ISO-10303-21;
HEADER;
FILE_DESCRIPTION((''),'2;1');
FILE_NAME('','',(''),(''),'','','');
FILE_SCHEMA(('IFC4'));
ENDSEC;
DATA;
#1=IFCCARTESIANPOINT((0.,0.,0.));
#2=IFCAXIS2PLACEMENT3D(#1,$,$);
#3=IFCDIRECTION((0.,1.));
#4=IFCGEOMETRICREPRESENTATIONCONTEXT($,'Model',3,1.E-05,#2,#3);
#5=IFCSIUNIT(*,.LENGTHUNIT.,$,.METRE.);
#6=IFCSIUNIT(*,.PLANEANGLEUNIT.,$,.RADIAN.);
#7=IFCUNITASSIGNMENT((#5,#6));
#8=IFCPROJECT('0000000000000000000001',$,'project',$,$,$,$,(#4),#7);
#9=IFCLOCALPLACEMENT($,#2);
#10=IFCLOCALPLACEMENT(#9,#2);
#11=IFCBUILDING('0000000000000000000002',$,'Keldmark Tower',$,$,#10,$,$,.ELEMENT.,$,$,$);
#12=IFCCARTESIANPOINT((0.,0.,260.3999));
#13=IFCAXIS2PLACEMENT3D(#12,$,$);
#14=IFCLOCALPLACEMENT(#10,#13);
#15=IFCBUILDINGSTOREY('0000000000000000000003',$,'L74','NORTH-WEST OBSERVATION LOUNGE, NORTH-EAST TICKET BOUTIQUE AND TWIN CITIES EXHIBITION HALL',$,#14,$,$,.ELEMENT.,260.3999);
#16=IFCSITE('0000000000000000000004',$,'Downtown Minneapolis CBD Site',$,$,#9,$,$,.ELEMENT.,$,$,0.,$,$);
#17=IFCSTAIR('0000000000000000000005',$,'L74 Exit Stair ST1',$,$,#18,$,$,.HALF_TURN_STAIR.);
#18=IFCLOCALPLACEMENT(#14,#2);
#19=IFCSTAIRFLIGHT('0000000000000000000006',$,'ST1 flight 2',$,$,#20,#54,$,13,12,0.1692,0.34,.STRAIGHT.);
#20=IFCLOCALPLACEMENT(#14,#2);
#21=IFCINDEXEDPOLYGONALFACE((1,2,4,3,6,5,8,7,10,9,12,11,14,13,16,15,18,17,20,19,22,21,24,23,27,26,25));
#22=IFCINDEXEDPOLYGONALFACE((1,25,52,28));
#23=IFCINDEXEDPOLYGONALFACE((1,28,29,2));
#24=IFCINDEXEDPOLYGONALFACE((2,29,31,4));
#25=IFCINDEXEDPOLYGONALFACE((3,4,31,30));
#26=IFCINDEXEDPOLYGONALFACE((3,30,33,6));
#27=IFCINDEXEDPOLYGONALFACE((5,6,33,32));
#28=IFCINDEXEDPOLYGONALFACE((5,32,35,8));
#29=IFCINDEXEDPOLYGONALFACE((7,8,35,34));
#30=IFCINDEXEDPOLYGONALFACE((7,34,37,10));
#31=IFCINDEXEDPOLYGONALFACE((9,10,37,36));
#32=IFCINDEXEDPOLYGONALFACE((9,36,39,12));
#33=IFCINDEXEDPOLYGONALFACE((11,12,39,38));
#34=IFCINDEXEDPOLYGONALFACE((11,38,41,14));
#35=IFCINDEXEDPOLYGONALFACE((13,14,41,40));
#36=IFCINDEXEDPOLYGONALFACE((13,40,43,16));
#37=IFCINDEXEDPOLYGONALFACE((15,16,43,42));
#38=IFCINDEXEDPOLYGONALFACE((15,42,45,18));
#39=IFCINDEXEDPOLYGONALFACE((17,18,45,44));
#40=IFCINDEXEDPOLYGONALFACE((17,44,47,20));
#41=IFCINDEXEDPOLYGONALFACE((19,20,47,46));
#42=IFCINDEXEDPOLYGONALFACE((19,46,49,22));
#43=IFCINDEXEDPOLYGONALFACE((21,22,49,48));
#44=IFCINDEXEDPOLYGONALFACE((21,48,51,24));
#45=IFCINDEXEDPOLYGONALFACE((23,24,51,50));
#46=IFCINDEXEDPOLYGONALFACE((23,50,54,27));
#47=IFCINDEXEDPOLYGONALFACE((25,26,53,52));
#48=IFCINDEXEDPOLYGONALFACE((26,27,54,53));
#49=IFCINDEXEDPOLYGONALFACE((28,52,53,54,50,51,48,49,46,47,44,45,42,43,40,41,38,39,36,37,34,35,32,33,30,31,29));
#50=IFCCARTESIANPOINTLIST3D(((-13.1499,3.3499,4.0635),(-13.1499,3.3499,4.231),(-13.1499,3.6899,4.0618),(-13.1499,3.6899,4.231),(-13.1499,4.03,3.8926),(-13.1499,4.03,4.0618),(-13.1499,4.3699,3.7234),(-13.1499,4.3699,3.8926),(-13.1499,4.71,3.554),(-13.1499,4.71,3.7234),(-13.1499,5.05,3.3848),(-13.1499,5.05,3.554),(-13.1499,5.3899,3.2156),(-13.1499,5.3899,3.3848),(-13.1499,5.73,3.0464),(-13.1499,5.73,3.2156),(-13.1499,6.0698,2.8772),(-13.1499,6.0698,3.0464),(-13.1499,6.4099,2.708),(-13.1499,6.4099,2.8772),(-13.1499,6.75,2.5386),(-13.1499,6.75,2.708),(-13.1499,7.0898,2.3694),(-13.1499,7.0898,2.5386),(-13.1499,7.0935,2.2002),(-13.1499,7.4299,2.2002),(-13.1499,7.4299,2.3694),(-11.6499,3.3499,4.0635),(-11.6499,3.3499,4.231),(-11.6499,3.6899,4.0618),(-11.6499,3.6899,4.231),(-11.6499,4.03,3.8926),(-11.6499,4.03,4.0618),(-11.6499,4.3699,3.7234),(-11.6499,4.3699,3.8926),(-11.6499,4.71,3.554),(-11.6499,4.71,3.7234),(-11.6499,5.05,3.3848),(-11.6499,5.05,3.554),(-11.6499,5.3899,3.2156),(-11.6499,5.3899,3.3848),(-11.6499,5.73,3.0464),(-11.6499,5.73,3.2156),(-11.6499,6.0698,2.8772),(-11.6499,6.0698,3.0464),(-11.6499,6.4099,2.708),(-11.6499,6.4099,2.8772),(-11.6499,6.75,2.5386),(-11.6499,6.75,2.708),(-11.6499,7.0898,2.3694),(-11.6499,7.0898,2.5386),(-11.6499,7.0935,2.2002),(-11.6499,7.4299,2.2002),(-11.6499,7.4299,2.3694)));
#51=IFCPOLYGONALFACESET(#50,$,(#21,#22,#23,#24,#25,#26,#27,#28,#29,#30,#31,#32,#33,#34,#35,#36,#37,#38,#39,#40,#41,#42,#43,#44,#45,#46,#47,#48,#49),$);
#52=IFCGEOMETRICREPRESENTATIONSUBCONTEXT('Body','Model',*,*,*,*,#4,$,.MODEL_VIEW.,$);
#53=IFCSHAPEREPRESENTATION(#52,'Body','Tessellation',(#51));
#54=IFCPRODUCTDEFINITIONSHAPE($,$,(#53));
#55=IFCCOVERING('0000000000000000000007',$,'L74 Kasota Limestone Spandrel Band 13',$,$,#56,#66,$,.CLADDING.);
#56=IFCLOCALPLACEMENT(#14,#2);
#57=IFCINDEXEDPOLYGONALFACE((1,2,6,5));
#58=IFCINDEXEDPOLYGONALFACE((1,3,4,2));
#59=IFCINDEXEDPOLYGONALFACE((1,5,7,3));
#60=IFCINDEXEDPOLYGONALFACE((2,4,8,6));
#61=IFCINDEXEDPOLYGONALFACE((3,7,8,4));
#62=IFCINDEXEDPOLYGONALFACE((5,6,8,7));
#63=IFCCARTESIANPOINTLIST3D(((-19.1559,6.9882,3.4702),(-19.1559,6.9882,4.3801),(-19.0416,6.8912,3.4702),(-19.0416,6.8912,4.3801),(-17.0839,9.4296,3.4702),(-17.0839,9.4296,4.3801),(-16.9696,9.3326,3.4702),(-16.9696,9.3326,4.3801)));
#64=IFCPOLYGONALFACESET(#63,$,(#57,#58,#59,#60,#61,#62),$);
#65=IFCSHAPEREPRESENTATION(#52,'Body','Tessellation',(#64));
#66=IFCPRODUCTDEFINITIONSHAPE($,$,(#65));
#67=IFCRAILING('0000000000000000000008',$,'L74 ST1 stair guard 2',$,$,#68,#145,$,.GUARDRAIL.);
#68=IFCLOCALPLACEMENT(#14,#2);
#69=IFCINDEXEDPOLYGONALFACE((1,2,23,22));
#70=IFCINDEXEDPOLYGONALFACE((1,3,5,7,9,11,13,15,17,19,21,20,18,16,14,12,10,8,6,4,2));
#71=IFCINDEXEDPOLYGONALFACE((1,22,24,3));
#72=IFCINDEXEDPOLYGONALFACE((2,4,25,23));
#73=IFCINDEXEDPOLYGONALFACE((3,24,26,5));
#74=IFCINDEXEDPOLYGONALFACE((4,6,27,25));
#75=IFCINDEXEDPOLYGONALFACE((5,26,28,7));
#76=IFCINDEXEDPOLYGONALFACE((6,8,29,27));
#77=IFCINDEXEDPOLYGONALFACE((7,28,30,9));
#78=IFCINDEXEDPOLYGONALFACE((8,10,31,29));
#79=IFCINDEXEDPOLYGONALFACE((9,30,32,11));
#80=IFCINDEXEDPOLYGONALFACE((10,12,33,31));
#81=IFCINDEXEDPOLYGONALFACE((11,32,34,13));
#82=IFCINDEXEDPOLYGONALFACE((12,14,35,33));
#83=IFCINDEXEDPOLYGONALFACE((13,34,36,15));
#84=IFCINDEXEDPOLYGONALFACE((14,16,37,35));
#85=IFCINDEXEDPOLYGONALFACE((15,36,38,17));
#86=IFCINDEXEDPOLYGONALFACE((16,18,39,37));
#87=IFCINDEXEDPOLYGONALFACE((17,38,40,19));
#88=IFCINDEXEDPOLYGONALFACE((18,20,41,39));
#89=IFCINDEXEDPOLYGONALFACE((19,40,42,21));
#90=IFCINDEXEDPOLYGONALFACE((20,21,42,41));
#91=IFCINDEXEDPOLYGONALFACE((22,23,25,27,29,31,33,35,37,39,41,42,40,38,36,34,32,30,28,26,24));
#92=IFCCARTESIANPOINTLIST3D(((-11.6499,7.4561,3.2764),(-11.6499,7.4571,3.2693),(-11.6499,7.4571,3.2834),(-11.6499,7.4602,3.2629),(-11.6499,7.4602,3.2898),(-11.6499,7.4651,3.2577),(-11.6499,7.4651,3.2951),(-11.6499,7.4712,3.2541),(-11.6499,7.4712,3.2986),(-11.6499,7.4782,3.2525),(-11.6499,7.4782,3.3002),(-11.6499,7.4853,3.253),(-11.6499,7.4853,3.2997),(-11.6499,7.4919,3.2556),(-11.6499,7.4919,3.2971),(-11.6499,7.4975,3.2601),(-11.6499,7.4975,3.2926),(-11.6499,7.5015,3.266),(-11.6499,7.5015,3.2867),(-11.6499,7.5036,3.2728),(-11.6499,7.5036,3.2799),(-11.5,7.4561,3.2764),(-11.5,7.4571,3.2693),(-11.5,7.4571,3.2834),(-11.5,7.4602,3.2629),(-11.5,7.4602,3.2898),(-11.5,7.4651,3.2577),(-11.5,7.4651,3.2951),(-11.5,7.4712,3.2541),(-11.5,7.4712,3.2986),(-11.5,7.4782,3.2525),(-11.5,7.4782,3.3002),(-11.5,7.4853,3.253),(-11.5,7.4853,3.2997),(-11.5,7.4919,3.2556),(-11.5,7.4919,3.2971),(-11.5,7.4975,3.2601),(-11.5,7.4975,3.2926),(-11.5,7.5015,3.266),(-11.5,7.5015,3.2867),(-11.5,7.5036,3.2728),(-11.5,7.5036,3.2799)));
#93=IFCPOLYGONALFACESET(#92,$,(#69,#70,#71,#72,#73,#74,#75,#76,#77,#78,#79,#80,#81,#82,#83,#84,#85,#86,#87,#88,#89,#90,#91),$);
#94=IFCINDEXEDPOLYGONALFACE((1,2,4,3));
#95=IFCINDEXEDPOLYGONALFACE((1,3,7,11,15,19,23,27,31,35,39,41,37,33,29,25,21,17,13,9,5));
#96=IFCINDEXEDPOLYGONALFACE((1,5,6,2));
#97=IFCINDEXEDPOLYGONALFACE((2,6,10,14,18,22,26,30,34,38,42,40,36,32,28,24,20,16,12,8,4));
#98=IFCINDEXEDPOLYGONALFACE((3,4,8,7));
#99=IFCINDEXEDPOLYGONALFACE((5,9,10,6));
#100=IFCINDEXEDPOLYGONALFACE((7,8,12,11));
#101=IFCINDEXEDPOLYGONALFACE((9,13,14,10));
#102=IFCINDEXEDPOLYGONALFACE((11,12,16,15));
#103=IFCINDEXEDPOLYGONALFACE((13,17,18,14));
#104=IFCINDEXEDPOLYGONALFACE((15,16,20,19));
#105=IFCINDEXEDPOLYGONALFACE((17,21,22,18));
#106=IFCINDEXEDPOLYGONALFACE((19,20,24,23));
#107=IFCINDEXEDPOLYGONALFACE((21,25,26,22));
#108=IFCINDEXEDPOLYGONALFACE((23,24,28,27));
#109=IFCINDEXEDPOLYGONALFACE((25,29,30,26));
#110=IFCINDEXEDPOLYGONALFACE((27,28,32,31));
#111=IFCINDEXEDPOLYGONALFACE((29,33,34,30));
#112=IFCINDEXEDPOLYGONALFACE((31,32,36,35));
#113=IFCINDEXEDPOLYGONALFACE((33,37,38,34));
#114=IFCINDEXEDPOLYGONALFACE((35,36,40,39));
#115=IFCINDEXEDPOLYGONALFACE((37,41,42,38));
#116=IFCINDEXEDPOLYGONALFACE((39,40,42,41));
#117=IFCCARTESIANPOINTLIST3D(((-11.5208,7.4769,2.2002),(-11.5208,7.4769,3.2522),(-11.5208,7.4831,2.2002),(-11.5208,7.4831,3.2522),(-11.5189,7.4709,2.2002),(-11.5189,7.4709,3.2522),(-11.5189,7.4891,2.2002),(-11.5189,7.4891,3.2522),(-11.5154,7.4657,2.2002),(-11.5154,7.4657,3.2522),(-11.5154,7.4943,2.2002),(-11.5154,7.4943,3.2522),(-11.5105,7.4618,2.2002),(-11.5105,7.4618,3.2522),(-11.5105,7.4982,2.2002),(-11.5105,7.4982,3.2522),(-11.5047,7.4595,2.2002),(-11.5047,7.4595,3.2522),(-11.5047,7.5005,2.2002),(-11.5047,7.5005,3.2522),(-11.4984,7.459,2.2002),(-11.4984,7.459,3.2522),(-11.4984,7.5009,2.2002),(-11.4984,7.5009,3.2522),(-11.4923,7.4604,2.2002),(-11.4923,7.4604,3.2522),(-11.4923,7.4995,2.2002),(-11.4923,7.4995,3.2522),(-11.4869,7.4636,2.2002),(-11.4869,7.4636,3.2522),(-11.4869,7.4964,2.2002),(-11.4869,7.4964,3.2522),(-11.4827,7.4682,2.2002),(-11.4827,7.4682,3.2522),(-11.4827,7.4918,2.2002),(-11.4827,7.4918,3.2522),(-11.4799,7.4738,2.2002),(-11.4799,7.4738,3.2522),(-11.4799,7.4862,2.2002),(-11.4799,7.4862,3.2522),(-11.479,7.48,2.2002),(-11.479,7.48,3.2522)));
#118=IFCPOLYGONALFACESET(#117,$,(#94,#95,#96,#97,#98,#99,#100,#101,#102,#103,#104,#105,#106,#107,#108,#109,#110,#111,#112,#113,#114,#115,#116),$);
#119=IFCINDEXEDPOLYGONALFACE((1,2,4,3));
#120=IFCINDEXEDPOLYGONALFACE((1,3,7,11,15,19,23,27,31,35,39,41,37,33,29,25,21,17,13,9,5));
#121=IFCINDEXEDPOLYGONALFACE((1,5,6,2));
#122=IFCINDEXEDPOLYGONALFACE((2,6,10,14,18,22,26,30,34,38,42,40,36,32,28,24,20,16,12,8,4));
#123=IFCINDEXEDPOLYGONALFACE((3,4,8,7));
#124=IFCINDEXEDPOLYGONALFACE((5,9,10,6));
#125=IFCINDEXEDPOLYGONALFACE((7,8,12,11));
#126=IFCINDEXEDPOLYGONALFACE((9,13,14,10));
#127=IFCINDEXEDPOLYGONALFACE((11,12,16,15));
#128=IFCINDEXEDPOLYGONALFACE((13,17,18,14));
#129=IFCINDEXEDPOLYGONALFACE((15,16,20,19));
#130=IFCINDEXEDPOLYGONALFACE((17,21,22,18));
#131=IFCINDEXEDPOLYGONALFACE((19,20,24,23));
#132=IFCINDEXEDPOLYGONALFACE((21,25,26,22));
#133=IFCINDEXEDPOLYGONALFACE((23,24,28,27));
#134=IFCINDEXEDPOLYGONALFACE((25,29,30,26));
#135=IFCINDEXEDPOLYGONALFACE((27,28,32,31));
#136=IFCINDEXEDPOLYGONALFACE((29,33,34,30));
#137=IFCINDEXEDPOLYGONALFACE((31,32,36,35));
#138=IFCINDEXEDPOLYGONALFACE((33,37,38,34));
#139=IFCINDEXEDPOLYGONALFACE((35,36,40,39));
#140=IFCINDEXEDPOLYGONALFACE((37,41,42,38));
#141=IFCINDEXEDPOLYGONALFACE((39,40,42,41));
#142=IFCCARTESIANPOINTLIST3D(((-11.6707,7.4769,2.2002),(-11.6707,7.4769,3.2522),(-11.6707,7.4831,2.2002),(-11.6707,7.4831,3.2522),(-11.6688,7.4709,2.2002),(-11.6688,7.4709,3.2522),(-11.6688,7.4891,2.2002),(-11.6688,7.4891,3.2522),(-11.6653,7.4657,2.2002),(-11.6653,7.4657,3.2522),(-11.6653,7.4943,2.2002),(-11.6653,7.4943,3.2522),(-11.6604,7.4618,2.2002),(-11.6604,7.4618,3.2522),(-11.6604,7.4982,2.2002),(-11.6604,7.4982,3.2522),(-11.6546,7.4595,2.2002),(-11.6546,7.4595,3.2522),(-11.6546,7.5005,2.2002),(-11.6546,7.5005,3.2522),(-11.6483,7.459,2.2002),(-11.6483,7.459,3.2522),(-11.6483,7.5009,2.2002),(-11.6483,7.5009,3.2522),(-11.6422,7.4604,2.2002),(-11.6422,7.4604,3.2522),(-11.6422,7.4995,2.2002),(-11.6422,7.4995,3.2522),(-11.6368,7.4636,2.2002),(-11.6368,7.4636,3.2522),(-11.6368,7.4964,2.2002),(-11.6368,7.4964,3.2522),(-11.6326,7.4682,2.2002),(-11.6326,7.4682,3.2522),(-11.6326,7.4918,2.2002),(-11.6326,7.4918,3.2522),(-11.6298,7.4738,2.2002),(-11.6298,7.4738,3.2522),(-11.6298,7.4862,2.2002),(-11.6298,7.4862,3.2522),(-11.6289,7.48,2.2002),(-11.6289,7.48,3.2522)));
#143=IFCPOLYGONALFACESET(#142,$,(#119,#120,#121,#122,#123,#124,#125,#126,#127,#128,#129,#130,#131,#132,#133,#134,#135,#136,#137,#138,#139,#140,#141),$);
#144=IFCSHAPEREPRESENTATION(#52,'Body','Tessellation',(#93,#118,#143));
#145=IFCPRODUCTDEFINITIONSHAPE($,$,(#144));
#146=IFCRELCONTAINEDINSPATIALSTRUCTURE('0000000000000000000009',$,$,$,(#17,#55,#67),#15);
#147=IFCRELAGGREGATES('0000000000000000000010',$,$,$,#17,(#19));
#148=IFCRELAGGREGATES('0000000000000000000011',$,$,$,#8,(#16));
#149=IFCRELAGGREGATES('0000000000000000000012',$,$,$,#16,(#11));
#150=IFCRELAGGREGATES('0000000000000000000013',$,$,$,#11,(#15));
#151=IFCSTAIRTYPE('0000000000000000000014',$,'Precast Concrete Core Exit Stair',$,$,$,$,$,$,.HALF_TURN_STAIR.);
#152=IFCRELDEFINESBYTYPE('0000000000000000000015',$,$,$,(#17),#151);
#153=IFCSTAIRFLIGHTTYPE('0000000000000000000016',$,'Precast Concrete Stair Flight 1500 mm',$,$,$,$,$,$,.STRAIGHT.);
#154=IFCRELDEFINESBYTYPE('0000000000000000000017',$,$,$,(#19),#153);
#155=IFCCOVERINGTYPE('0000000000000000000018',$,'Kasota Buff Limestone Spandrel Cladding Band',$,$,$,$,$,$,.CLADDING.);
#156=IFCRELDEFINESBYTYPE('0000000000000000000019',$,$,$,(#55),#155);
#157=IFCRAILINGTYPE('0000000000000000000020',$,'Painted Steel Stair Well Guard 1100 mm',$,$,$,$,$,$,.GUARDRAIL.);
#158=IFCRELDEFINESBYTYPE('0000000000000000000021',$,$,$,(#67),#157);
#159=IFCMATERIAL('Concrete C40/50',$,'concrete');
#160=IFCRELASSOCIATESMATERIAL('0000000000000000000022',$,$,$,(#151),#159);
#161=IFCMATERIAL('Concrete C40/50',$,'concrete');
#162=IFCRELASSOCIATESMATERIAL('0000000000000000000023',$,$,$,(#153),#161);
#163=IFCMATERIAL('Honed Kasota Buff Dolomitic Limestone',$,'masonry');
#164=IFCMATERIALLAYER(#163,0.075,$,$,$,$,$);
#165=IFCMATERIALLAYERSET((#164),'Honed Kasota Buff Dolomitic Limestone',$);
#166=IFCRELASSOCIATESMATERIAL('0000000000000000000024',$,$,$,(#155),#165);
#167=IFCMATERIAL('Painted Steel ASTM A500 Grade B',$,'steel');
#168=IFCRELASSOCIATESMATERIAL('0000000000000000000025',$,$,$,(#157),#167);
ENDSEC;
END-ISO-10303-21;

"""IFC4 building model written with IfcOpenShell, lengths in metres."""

from ifc_helpers import new_model, si_unit, direction, frame, origin, origin_2d, place, context, subcontext, project, spatial, polyline, rectangle, circle, outline, extrude, material, layer, layer_set, type_object, element, aggregate, save


model = new_model("IFC4")

# Units and contexts
model_context = context("Model", 3, precision=1e-05, world=origin(), true_north=direction((0.0, 1.0)))
body_context = subcontext(model_context, "Body", "Model", "MODEL_VIEW")
ifc_project = project(units=[si_unit("LENGTHUNIT", "METRE"), si_unit("PLANEANGLEUNIT", "RADIAN")], contexts=[model_context])

# Site, building, storey
site_placement = place(None, origin())
site = spatial("IfcSite", under=ifc_project, at=site_placement, Name="Downtown Minneapolis CBD Site", CompositionType="ELEMENT", RefElevation=0.0)
building_placement = place(site_placement, origin())
building = spatial("IfcBuilding", under=site, at=building_placement, Name="Keldmark Tower", CompositionType="ELEMENT")
storey_placement = place(building_placement, frame((0.0, 0.0, 260.3999)))
storey = spatial("IfcBuildingStorey", under=building, at=storey_placement, Name="L74", Description="NORTH-WEST OBSERVATION LOUNGE, NORTH-EAST TICKET BOUTIQUE AND TWIN CITIES EXHIBITION HALL", CompositionType="ELEMENT", Elevation=260.3999)

# Stair, stair flight
ifc_material_1 = material(Name="Concrete C40/50", Category="concrete")
stair_type = type_object("IfcStairType", Name="Precast Concrete Core Exit Stair", PredefinedType="HALF_TURN_STAIR", material=ifc_material_1)
stair_placement = place(storey_placement, origin())
stair = element("IfcStair", 1, at=stair_placement, inside=storey, type_object=stair_type, Name="L74 Exit Stair ST1", PredefinedType="HALF_TURN_STAIR")
ifc_material_2 = material(Name="Concrete C40/50", Category="concrete")
stair_flight_type = type_object("IfcStairFlightType", Name="Precast Concrete Stair Flight 1500 mm", PredefinedType="STRAIGHT", material=ifc_material_2)
stair_flight_placement = place(storey_placement, frame((-12.3999, 7.4299, 2.2002), z_axis=(0.0, 0.0, 1.0), x_axis=(0.0, -1.0, 0.0)))
stair_flight = element("IfcStairFlight", 2, at=stair_flight_placement, type_object=stair_flight_type, Name="ST1 flight 2", NumberOfRisers=13, NumberOfTreads=12, PredefinedType="STRAIGHT", RiserHeight=0.1692, TreadLength=0.34, context=body_context, shape_type="SweptSolid", body=[
    extrude(outline(polyline([(0.0, 0.0), (0.0, 0.1692), (0.3401, 0.1692), (0.3401, 0.3384), (0.6799, 0.3384), (0.6799, 0.5078), (1.02, 0.5078), (1.02, 0.677), (1.3601, 0.677), (1.3601, 0.8462), (1.7, 0.8462), (1.7, 1.0154), (2.04, 1.0154), (2.04, 1.1846), (2.3799, 1.1846), (2.3799, 1.3538), (2.72, 1.3538), (2.72, 1.5232), (3.0601, 1.5232), (3.0601, 1.6924), (3.3999, 1.6924), (3.3999, 1.8616), (3.74, 1.8616), (3.74, 2.0308), (4.0801, 2.0308), (4.0801, 2.2), (4.0801, 1.8633), (0.3364, 0.0), (0.0, 0.0)])), frame((0.0, 0.75, 0.0), z_axis=(0.0, -1.0, 0.0), x_axis=(1.0, 0.0, 0.0)), (0.0, 0.0, 1.0), 1.5),
])
aggregate(stair, [stair_flight])

# Covering
ifc_material_3 = material(Name="Honed Kasota Buff Dolomitic Limestone", Category="masonry")
ifc_layer_1 = layer(ifc_material_3, 0.075)
ifc_layer_set_1 = layer_set([ifc_layer_1], Name="Honed Kasota Buff Dolomitic Limestone")
covering_type = type_object("IfcCoveringType", Name="Kasota Buff Limestone Spandrel Cladding Band", PredefinedType="CLADDING", material=ifc_layer_set_1)
covering_placement = place(storey_placement, frame((-18.0627, 8.1604, 3.4702), z_axis=(0.0, 0.0, 1.0), x_axis=(-0.647083, -0.76242, 0.0)))
element("IfcCovering", 3, at=covering_placement, inside=storey, type_object=covering_type, Name="L74 Kasota Limestone Spandrel Band 13", PredefinedType="CLADDING", context=body_context, shape_type="SweptSolid", body=[
    extrude(rectangle(XDim=3.2021, YDim=0.1499, at=origin_2d()), origin(), (0.0, 0.0, 1.0), 0.9099),
])

# Railing
ifc_material_4 = material(Name="Painted Steel ASTM A500 Grade B", Category="steel")
railing_type_1 = type_object("IfcRailingType", Name="Painted Steel Stair Well Guard 1100 mm", PredefinedType="GUARDRAIL", material=ifc_material_4)
railing_1_placement = place(storey_placement, frame((-11.5, 7.48, 2.2002)))
element("IfcRailing", 4, at=railing_1_placement, inside=storey, type_object=railing_type_1, Name="L74 ST1 stair guard 2", PredefinedType="GUARDRAIL", context=body_context, shape_type="SweptSolid", body=[
    extrude(circle(Radius=0.0239, at=origin_2d()), frame((0.0, 0.0, 1.0762), z_axis=(-1.0, 0.0, 0.0), x_axis=(0.0, -1.0, 0.0)), (0.0, 0.0, 1.0), 0.1499),
    extrude(circle(Radius=0.021, at=origin_2d()), origin(), (0.0, 0.0, 1.0), 1.052),
    extrude(circle(Radius=0.021, at=origin_2d()), frame((-0.1499, 0.0, 0.0)), (0.0, 0.0, 1.0), 1.052),
])

save(model, "model.ifc")
